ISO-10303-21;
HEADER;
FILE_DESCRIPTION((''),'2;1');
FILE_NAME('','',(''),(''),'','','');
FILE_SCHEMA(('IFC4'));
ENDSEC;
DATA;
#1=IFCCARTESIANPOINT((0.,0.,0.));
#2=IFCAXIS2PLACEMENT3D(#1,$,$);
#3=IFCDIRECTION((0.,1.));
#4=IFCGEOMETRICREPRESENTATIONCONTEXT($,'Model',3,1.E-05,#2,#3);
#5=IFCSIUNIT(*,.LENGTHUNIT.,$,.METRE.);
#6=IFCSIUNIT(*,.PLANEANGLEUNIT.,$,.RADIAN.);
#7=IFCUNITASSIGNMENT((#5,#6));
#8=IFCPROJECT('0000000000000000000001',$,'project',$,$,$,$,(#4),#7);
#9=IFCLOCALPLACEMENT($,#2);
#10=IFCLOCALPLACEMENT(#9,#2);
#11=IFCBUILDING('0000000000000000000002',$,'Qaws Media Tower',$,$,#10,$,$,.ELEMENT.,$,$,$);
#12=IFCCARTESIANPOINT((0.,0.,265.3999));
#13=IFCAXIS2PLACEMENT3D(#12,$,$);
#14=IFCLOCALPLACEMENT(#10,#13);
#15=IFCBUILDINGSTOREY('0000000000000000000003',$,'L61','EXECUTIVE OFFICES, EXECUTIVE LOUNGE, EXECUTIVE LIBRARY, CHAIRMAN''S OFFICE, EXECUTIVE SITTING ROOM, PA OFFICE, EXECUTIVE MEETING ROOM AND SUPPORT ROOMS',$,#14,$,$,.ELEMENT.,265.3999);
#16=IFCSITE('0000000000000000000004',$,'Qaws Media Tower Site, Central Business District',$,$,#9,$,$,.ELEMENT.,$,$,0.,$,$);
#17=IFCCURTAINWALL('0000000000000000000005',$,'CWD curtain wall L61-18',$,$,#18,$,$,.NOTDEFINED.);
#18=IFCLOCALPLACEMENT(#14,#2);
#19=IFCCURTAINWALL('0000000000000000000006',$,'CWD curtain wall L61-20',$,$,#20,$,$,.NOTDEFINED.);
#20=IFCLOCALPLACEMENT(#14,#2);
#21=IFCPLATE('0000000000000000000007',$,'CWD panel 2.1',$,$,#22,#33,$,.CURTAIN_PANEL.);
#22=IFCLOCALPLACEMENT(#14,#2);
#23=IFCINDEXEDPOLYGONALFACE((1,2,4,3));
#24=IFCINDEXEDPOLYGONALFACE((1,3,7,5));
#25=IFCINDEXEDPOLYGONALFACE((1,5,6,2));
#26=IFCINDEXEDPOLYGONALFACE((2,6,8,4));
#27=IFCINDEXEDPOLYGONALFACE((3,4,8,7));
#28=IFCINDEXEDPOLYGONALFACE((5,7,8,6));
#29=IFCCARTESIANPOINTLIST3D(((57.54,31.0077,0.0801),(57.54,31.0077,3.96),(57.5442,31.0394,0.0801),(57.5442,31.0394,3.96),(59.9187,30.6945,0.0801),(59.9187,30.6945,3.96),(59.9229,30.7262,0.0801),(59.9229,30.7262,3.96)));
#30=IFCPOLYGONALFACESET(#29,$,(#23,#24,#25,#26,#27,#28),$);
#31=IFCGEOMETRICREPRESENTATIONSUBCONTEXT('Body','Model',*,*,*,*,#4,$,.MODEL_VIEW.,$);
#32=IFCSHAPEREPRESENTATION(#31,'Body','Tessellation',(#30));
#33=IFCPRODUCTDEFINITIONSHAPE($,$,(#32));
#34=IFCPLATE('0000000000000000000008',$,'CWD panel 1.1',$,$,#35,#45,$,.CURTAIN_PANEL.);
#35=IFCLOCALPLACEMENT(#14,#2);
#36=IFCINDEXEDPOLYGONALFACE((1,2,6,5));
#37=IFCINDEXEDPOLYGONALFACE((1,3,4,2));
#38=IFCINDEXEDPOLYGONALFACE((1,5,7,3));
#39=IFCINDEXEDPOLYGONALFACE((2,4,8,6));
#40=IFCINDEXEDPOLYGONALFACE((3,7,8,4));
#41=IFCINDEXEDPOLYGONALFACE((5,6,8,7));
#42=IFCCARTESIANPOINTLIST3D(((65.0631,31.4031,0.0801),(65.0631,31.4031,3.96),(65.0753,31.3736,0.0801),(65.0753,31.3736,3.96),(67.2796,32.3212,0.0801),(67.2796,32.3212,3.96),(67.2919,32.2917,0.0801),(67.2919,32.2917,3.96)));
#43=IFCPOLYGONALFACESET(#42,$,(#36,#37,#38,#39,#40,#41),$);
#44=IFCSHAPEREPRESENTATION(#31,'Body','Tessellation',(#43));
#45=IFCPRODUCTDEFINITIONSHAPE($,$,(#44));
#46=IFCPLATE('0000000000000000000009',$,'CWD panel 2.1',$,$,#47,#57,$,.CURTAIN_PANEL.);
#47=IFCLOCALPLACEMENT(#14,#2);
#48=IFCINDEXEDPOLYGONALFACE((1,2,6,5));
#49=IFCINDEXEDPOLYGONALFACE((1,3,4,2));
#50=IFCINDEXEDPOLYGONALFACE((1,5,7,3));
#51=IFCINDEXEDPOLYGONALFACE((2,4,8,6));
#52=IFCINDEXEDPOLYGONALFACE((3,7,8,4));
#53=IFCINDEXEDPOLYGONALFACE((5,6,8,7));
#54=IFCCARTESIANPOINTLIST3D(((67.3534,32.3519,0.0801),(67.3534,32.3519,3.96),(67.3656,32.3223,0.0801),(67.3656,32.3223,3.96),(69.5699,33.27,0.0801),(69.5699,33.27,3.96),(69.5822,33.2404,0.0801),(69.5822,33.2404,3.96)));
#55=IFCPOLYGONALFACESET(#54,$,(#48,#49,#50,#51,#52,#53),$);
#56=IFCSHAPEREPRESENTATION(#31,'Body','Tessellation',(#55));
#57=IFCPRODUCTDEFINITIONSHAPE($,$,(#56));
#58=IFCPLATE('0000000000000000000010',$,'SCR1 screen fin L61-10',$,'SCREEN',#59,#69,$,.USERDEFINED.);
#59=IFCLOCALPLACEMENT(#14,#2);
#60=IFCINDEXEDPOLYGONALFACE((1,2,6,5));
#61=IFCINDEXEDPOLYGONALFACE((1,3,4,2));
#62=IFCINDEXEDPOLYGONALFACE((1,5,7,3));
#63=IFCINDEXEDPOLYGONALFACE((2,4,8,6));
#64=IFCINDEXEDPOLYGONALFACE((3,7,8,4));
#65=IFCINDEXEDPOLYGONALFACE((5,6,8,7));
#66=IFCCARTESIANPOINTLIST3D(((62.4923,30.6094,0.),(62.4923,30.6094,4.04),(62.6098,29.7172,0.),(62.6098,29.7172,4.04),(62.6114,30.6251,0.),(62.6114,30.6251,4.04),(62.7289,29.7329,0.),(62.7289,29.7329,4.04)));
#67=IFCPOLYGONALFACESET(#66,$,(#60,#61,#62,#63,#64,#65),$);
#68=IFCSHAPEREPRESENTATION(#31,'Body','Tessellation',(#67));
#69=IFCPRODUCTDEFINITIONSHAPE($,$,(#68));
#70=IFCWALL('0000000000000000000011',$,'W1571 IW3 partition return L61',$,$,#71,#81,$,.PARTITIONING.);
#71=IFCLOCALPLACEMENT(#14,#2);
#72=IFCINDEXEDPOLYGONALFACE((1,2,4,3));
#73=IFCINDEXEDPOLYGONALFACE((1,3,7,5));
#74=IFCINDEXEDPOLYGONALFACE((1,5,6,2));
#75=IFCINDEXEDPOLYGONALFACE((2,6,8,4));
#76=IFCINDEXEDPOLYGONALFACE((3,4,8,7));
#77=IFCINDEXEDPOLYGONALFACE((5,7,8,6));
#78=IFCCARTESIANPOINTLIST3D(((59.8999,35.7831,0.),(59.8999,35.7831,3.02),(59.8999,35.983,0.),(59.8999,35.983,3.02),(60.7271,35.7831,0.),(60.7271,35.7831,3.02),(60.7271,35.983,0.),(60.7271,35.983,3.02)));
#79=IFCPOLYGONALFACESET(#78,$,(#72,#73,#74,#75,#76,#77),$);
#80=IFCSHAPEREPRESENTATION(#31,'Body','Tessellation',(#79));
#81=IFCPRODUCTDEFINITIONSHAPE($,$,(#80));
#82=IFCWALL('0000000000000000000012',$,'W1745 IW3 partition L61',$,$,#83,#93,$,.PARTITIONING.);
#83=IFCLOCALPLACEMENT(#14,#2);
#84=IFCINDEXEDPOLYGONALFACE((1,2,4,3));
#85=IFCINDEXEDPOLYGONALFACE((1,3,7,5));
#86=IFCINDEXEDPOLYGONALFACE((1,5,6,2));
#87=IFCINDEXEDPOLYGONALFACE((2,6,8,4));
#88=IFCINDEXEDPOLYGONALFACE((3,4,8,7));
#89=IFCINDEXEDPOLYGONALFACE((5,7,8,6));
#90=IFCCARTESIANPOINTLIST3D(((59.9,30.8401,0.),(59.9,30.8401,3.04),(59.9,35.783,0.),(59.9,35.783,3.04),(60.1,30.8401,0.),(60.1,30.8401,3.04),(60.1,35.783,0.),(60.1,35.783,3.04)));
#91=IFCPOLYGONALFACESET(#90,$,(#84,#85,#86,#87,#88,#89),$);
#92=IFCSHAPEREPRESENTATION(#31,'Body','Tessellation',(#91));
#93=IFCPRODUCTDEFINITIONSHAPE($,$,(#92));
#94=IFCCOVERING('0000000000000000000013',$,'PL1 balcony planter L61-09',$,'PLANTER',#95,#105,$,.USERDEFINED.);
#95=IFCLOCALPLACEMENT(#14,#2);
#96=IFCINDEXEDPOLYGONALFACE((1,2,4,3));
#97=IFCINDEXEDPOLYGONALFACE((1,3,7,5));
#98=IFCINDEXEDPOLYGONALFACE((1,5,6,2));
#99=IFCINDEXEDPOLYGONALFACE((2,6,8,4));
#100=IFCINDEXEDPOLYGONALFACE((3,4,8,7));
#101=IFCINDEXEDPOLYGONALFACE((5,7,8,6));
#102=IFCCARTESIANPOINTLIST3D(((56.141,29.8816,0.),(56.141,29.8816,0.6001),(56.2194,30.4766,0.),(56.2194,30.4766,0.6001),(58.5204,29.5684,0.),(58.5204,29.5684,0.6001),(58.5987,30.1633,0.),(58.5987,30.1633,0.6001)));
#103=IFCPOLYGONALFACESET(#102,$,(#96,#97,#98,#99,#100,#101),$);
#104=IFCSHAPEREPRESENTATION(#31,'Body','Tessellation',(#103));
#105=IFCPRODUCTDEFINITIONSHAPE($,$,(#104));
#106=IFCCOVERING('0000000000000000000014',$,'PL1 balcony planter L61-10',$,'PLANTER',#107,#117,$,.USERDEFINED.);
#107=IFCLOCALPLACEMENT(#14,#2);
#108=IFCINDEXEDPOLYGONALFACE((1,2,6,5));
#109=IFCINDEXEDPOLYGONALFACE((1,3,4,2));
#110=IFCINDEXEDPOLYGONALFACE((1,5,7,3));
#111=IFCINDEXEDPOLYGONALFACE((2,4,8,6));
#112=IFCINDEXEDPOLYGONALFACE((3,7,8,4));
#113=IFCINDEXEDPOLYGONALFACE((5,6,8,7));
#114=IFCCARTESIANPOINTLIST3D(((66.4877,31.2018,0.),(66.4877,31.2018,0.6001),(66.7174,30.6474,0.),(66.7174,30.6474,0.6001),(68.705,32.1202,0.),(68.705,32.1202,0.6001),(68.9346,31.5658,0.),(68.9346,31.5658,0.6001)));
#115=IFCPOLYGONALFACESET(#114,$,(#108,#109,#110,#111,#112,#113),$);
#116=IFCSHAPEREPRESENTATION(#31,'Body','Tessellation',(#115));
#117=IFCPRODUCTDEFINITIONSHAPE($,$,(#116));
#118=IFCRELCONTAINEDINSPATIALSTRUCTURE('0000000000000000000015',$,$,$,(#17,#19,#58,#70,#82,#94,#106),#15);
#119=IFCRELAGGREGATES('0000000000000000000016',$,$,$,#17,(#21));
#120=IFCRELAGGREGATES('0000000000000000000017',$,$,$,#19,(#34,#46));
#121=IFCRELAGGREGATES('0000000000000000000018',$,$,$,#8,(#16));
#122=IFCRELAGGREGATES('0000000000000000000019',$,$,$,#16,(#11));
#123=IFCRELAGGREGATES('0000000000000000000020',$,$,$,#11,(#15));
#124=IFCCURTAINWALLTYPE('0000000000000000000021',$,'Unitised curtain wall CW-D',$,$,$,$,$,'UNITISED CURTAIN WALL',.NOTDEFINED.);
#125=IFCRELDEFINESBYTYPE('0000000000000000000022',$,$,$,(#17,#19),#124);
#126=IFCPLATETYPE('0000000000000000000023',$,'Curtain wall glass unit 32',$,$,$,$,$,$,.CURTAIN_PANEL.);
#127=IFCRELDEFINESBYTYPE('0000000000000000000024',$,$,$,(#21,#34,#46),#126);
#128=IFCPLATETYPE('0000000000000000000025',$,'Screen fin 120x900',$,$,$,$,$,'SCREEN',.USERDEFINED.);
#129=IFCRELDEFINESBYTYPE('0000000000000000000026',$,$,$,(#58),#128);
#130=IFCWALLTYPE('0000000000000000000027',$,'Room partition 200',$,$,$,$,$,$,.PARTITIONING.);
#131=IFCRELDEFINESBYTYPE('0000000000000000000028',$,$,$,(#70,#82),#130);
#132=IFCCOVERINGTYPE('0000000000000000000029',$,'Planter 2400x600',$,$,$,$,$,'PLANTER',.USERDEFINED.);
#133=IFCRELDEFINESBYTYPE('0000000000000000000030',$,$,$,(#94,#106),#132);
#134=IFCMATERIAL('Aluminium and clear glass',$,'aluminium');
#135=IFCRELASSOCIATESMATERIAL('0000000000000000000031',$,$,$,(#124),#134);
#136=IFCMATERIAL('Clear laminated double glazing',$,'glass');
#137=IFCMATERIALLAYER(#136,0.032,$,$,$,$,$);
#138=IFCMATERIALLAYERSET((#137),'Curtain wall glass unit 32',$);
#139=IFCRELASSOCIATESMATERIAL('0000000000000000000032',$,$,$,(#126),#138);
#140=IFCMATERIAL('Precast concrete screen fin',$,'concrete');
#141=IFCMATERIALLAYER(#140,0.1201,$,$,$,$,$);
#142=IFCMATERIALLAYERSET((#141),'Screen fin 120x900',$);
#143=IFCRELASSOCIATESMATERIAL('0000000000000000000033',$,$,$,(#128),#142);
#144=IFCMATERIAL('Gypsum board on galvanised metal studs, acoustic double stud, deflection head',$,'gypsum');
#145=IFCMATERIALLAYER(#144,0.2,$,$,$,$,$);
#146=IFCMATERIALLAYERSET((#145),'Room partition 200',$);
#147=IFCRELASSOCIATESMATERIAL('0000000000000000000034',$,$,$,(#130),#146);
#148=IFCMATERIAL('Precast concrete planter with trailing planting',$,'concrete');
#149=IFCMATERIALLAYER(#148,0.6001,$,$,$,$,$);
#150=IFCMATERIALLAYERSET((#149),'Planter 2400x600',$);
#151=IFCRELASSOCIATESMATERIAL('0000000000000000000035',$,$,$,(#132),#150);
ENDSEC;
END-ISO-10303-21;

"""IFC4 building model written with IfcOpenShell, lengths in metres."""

from ifc_helpers import new_model, si_unit, direction, frame, frame_2d, origin, origin_2d, place, context, subcontext, project, spatial, rectangle, extrude, material, layer, layer_set, type_object, element, aggregate, save


model = new_model("IFC4")

# Units and contexts
model_context = context("Model", 3, precision=1e-05, world=origin(), true_north=direction((0.0, 1.0)))
body_context = subcontext(model_context, "Body", "Model", "MODEL_VIEW")
ifc_project = project(units=[si_unit("LENGTHUNIT", "METRE"), si_unit("PLANEANGLEUNIT", "RADIAN")], contexts=[model_context])

# Site, building, storey
site_placement = place(None, origin())
site = spatial("IfcSite", under=ifc_project, at=site_placement, Name="Qaws Media Tower Site, Central Business District", CompositionType="ELEMENT", RefElevation=0.0)
building_placement = place(site_placement, origin())
building = spatial("IfcBuilding", under=site, at=building_placement, Name="Qaws Media Tower", CompositionType="ELEMENT")
storey_placement = place(building_placement, frame((0.0, 0.0, 265.3999)))
storey = spatial("IfcBuildingStorey", under=building, at=storey_placement, Name="L61", Description="EXECUTIVE OFFICES, EXECUTIVE LOUNGE, EXECUTIVE LIBRARY, CHAIRMAN'S OFFICE, EXECUTIVE SITTING ROOM, PA OFFICE, EXECUTIVE MEETING ROOM AND SUPPORT ROOMS", CompositionType="ELEMENT", Elevation=265.3999)

# Curtain walls
ifc_material_1 = material(Name="Aluminium and clear glass", Category="aluminium")
curtain_wall_type = type_object("IfcCurtainWallType", Name="Unitised curtain wall CW-D", ElementType="UNITISED CURTAIN WALL", PredefinedType="NOTDEFINED", material=ifc_material_1)
curtain_wall_1_placement = place(storey_placement, origin())
curtain_wall_1 = element("IfcCurtainWall", 1, at=curtain_wall_1_placement, inside=storey, type_object=curtain_wall_type, Name="CWD curtain wall L61-18", PredefinedType="NOTDEFINED")
curtain_wall_2_placement = place(storey_placement, origin())
curtain_wall_2 = element("IfcCurtainWall", 2, at=curtain_wall_2_placement, inside=storey, type_object=curtain_wall_type, Name="CWD curtain wall L61-20", PredefinedType="NOTDEFINED")

# Plates
ifc_material_2 = material(Name="Clear laminated double glazing", Category="glass")
ifc_layer_1 = layer(ifc_material_2, 0.032)
ifc_layer_set_1 = layer_set([ifc_layer_1], Name="Curtain wall glass unit 32")
plate_type_1 = type_object("IfcPlateType", Name="Curtain wall glass unit 32", PredefinedType="CURTAIN_PANEL", material=ifc_layer_set_1)
plate_1_placement = place(storey_placement, frame((58.7314, 30.8669, 0.0801), z_axis=(0.0, 0.0, 1.0), x_axis=(0.991445, -0.130526, 0.0)))
plate_1 = element("IfcPlate", 3, at=plate_1_placement, type_object=plate_type_1, Name="CWD panel 2.1", PredefinedType="CURTAIN_PANEL", context=body_context, shape_type="SweptSolid", body=[
    extrude(rectangle(XDim=2.3992, YDim=0.032, at=origin_2d()), origin(), (0.0, 0.0, 1.0), 3.8799),
])
aggregate(curtain_wall_1, [plate_1])
plate_2_placement = place(storey_placement, frame((66.1775, 31.8474, 0.0801), z_axis=(0.0, 0.0, 1.0), x_axis=(0.92388, 0.382683, 0.0)))
plate_2 = element("IfcPlate", 4, at=plate_2_placement, type_object=plate_type_1, Name="CWD panel 1.1", PredefinedType="CURTAIN_PANEL", context=body_context, shape_type="SweptSolid", body=[
    extrude(rectangle(XDim=2.3992, YDim=0.032, at=origin_2d()), origin(), (0.0, 0.0, 1.0), 3.8799),
])
plate_3_placement = place(storey_placement, frame((68.4678, 32.7961, 0.0801), z_axis=(0.0, 0.0, 1.0), x_axis=(0.92388, 0.382683, 0.0)))
plate_3 = element("IfcPlate", 5, at=plate_3_placement, type_object=plate_type_1, Name="CWD panel 2.1", PredefinedType="CURTAIN_PANEL", context=body_context, shape_type="SweptSolid", body=[
    extrude(rectangle(XDim=2.3992, YDim=0.032, at=origin_2d()), origin(), (0.0, 0.0, 1.0), 3.8799),
])
aggregate(curtain_wall_2, [plate_2, plate_3])
ifc_material_3 = material(Name="Precast concrete screen fin", Category="concrete")
ifc_layer_2 = layer(ifc_material_3, 0.1201)
ifc_layer_set_2 = layer_set([ifc_layer_2], Name="Screen fin 120x900")
plate_type_2 = type_object("IfcPlateType", Name="Screen fin 120x900", ElementType="SCREEN", PredefinedType="USERDEFINED", material=ifc_layer_set_2)
plate_4_placement = place(storey_placement, frame((62.6106, 30.1711, 0.0), z_axis=(0.0, 0.0, 1.0), x_axis=(0.130526, -0.991445, 0.0)))
element("IfcPlate", 6, at=plate_4_placement, inside=storey, type_object=plate_type_2, Name="SCR1 screen fin L61-10", ObjectType="SCREEN", PredefinedType="USERDEFINED", context=body_context, shape_type="SweptSolid", body=[
    extrude(rectangle(XDim=0.8999, YDim=0.1201, at=origin_2d()), origin(), (0.0, 0.0, 1.0), 4.04),
])

# Walls
ifc_material_4 = material(Name="Gypsum board on galvanised metal studs, acoustic double stud, deflection head", Category="gypsum")
ifc_layer_3 = layer(ifc_material_4, 0.2)
ifc_layer_set_3 = layer_set([ifc_layer_3], Name="Room partition 200")
wall_type_1 = type_object("IfcWallType", Name="Room partition 200", PredefinedType="PARTITIONING", material=ifc_layer_set_3)
wall_1_placement = place(storey_placement, frame((59.8999, 35.8831, 0.0), z_axis=(0.0, 0.0, 1.0), x_axis=(1.0, 0.0, 0.0)))
element("IfcWall", 7, at=wall_1_placement, inside=storey, type_object=wall_type_1, Name="W1571 IW3 partition return L61", PredefinedType="PARTITIONING", context=body_context, shape_type="SweptSolid", body=[
    extrude(rectangle(XDim=0.8271, YDim=0.2, at=frame_2d((0.4136, 0.0))), origin(), (0.0, 0.0, 1.0), 3.02),
])
wall_2_placement = place(storey_placement, frame((60.0, 35.783, 0.0), z_axis=(0.0, 0.0, 1.0), x_axis=(0.0, -1.0, 0.0)))
element("IfcWall", 8, at=wall_2_placement, inside=storey, type_object=wall_type_1, Name="W1745 IW3 partition L61", PredefinedType="PARTITIONING", context=body_context, shape_type="SweptSolid", body=[
    extrude(rectangle(XDim=4.9429, YDim=0.2, at=frame_2d((2.4714, 0.0))), origin(), (0.0, 0.0, 1.0), 3.04),
])

# Coverings
ifc_material_5 = material(Name="Precast concrete planter with trailing planting", Category="concrete")
ifc_layer_4 = layer(ifc_material_5, 0.6001)
ifc_layer_set_4 = layer_set([ifc_layer_4], Name="Planter 2400x600")
covering_type = type_object("IfcCoveringType", Name="Planter 2400x600", ElementType="PLANTER", PredefinedType="USERDEFINED", material=ifc_layer_set_4)
for number, where, z_axis, x_axis, name in (
    (9, (57.3699, 30.0225, 0.0), (0.0, 0.0, 1.0), (0.991445, -0.130526, 0.0), "PL1 balcony planter L61-09"),
    (10, (67.7112, 31.3838, 0.0), (0.0, 0.0, 1.0), (0.92388, 0.382683, 0.0), "PL1 balcony planter L61-10"),
):
    element("IfcCovering", number, at=place(storey_placement, frame(where, z_axis=z_axis, x_axis=x_axis)), inside=storey, type_object=covering_type, Name=name, ObjectType="PLANTER", PredefinedType="USERDEFINED", context=body_context, shape_type="SweptSolid", body=[
        extrude(rectangle(XDim=2.3999, YDim=0.6001, at=origin_2d()), origin(), (0.0, 0.0, 1.0), 0.6001),
    ])

save(model, "model.ifc")
